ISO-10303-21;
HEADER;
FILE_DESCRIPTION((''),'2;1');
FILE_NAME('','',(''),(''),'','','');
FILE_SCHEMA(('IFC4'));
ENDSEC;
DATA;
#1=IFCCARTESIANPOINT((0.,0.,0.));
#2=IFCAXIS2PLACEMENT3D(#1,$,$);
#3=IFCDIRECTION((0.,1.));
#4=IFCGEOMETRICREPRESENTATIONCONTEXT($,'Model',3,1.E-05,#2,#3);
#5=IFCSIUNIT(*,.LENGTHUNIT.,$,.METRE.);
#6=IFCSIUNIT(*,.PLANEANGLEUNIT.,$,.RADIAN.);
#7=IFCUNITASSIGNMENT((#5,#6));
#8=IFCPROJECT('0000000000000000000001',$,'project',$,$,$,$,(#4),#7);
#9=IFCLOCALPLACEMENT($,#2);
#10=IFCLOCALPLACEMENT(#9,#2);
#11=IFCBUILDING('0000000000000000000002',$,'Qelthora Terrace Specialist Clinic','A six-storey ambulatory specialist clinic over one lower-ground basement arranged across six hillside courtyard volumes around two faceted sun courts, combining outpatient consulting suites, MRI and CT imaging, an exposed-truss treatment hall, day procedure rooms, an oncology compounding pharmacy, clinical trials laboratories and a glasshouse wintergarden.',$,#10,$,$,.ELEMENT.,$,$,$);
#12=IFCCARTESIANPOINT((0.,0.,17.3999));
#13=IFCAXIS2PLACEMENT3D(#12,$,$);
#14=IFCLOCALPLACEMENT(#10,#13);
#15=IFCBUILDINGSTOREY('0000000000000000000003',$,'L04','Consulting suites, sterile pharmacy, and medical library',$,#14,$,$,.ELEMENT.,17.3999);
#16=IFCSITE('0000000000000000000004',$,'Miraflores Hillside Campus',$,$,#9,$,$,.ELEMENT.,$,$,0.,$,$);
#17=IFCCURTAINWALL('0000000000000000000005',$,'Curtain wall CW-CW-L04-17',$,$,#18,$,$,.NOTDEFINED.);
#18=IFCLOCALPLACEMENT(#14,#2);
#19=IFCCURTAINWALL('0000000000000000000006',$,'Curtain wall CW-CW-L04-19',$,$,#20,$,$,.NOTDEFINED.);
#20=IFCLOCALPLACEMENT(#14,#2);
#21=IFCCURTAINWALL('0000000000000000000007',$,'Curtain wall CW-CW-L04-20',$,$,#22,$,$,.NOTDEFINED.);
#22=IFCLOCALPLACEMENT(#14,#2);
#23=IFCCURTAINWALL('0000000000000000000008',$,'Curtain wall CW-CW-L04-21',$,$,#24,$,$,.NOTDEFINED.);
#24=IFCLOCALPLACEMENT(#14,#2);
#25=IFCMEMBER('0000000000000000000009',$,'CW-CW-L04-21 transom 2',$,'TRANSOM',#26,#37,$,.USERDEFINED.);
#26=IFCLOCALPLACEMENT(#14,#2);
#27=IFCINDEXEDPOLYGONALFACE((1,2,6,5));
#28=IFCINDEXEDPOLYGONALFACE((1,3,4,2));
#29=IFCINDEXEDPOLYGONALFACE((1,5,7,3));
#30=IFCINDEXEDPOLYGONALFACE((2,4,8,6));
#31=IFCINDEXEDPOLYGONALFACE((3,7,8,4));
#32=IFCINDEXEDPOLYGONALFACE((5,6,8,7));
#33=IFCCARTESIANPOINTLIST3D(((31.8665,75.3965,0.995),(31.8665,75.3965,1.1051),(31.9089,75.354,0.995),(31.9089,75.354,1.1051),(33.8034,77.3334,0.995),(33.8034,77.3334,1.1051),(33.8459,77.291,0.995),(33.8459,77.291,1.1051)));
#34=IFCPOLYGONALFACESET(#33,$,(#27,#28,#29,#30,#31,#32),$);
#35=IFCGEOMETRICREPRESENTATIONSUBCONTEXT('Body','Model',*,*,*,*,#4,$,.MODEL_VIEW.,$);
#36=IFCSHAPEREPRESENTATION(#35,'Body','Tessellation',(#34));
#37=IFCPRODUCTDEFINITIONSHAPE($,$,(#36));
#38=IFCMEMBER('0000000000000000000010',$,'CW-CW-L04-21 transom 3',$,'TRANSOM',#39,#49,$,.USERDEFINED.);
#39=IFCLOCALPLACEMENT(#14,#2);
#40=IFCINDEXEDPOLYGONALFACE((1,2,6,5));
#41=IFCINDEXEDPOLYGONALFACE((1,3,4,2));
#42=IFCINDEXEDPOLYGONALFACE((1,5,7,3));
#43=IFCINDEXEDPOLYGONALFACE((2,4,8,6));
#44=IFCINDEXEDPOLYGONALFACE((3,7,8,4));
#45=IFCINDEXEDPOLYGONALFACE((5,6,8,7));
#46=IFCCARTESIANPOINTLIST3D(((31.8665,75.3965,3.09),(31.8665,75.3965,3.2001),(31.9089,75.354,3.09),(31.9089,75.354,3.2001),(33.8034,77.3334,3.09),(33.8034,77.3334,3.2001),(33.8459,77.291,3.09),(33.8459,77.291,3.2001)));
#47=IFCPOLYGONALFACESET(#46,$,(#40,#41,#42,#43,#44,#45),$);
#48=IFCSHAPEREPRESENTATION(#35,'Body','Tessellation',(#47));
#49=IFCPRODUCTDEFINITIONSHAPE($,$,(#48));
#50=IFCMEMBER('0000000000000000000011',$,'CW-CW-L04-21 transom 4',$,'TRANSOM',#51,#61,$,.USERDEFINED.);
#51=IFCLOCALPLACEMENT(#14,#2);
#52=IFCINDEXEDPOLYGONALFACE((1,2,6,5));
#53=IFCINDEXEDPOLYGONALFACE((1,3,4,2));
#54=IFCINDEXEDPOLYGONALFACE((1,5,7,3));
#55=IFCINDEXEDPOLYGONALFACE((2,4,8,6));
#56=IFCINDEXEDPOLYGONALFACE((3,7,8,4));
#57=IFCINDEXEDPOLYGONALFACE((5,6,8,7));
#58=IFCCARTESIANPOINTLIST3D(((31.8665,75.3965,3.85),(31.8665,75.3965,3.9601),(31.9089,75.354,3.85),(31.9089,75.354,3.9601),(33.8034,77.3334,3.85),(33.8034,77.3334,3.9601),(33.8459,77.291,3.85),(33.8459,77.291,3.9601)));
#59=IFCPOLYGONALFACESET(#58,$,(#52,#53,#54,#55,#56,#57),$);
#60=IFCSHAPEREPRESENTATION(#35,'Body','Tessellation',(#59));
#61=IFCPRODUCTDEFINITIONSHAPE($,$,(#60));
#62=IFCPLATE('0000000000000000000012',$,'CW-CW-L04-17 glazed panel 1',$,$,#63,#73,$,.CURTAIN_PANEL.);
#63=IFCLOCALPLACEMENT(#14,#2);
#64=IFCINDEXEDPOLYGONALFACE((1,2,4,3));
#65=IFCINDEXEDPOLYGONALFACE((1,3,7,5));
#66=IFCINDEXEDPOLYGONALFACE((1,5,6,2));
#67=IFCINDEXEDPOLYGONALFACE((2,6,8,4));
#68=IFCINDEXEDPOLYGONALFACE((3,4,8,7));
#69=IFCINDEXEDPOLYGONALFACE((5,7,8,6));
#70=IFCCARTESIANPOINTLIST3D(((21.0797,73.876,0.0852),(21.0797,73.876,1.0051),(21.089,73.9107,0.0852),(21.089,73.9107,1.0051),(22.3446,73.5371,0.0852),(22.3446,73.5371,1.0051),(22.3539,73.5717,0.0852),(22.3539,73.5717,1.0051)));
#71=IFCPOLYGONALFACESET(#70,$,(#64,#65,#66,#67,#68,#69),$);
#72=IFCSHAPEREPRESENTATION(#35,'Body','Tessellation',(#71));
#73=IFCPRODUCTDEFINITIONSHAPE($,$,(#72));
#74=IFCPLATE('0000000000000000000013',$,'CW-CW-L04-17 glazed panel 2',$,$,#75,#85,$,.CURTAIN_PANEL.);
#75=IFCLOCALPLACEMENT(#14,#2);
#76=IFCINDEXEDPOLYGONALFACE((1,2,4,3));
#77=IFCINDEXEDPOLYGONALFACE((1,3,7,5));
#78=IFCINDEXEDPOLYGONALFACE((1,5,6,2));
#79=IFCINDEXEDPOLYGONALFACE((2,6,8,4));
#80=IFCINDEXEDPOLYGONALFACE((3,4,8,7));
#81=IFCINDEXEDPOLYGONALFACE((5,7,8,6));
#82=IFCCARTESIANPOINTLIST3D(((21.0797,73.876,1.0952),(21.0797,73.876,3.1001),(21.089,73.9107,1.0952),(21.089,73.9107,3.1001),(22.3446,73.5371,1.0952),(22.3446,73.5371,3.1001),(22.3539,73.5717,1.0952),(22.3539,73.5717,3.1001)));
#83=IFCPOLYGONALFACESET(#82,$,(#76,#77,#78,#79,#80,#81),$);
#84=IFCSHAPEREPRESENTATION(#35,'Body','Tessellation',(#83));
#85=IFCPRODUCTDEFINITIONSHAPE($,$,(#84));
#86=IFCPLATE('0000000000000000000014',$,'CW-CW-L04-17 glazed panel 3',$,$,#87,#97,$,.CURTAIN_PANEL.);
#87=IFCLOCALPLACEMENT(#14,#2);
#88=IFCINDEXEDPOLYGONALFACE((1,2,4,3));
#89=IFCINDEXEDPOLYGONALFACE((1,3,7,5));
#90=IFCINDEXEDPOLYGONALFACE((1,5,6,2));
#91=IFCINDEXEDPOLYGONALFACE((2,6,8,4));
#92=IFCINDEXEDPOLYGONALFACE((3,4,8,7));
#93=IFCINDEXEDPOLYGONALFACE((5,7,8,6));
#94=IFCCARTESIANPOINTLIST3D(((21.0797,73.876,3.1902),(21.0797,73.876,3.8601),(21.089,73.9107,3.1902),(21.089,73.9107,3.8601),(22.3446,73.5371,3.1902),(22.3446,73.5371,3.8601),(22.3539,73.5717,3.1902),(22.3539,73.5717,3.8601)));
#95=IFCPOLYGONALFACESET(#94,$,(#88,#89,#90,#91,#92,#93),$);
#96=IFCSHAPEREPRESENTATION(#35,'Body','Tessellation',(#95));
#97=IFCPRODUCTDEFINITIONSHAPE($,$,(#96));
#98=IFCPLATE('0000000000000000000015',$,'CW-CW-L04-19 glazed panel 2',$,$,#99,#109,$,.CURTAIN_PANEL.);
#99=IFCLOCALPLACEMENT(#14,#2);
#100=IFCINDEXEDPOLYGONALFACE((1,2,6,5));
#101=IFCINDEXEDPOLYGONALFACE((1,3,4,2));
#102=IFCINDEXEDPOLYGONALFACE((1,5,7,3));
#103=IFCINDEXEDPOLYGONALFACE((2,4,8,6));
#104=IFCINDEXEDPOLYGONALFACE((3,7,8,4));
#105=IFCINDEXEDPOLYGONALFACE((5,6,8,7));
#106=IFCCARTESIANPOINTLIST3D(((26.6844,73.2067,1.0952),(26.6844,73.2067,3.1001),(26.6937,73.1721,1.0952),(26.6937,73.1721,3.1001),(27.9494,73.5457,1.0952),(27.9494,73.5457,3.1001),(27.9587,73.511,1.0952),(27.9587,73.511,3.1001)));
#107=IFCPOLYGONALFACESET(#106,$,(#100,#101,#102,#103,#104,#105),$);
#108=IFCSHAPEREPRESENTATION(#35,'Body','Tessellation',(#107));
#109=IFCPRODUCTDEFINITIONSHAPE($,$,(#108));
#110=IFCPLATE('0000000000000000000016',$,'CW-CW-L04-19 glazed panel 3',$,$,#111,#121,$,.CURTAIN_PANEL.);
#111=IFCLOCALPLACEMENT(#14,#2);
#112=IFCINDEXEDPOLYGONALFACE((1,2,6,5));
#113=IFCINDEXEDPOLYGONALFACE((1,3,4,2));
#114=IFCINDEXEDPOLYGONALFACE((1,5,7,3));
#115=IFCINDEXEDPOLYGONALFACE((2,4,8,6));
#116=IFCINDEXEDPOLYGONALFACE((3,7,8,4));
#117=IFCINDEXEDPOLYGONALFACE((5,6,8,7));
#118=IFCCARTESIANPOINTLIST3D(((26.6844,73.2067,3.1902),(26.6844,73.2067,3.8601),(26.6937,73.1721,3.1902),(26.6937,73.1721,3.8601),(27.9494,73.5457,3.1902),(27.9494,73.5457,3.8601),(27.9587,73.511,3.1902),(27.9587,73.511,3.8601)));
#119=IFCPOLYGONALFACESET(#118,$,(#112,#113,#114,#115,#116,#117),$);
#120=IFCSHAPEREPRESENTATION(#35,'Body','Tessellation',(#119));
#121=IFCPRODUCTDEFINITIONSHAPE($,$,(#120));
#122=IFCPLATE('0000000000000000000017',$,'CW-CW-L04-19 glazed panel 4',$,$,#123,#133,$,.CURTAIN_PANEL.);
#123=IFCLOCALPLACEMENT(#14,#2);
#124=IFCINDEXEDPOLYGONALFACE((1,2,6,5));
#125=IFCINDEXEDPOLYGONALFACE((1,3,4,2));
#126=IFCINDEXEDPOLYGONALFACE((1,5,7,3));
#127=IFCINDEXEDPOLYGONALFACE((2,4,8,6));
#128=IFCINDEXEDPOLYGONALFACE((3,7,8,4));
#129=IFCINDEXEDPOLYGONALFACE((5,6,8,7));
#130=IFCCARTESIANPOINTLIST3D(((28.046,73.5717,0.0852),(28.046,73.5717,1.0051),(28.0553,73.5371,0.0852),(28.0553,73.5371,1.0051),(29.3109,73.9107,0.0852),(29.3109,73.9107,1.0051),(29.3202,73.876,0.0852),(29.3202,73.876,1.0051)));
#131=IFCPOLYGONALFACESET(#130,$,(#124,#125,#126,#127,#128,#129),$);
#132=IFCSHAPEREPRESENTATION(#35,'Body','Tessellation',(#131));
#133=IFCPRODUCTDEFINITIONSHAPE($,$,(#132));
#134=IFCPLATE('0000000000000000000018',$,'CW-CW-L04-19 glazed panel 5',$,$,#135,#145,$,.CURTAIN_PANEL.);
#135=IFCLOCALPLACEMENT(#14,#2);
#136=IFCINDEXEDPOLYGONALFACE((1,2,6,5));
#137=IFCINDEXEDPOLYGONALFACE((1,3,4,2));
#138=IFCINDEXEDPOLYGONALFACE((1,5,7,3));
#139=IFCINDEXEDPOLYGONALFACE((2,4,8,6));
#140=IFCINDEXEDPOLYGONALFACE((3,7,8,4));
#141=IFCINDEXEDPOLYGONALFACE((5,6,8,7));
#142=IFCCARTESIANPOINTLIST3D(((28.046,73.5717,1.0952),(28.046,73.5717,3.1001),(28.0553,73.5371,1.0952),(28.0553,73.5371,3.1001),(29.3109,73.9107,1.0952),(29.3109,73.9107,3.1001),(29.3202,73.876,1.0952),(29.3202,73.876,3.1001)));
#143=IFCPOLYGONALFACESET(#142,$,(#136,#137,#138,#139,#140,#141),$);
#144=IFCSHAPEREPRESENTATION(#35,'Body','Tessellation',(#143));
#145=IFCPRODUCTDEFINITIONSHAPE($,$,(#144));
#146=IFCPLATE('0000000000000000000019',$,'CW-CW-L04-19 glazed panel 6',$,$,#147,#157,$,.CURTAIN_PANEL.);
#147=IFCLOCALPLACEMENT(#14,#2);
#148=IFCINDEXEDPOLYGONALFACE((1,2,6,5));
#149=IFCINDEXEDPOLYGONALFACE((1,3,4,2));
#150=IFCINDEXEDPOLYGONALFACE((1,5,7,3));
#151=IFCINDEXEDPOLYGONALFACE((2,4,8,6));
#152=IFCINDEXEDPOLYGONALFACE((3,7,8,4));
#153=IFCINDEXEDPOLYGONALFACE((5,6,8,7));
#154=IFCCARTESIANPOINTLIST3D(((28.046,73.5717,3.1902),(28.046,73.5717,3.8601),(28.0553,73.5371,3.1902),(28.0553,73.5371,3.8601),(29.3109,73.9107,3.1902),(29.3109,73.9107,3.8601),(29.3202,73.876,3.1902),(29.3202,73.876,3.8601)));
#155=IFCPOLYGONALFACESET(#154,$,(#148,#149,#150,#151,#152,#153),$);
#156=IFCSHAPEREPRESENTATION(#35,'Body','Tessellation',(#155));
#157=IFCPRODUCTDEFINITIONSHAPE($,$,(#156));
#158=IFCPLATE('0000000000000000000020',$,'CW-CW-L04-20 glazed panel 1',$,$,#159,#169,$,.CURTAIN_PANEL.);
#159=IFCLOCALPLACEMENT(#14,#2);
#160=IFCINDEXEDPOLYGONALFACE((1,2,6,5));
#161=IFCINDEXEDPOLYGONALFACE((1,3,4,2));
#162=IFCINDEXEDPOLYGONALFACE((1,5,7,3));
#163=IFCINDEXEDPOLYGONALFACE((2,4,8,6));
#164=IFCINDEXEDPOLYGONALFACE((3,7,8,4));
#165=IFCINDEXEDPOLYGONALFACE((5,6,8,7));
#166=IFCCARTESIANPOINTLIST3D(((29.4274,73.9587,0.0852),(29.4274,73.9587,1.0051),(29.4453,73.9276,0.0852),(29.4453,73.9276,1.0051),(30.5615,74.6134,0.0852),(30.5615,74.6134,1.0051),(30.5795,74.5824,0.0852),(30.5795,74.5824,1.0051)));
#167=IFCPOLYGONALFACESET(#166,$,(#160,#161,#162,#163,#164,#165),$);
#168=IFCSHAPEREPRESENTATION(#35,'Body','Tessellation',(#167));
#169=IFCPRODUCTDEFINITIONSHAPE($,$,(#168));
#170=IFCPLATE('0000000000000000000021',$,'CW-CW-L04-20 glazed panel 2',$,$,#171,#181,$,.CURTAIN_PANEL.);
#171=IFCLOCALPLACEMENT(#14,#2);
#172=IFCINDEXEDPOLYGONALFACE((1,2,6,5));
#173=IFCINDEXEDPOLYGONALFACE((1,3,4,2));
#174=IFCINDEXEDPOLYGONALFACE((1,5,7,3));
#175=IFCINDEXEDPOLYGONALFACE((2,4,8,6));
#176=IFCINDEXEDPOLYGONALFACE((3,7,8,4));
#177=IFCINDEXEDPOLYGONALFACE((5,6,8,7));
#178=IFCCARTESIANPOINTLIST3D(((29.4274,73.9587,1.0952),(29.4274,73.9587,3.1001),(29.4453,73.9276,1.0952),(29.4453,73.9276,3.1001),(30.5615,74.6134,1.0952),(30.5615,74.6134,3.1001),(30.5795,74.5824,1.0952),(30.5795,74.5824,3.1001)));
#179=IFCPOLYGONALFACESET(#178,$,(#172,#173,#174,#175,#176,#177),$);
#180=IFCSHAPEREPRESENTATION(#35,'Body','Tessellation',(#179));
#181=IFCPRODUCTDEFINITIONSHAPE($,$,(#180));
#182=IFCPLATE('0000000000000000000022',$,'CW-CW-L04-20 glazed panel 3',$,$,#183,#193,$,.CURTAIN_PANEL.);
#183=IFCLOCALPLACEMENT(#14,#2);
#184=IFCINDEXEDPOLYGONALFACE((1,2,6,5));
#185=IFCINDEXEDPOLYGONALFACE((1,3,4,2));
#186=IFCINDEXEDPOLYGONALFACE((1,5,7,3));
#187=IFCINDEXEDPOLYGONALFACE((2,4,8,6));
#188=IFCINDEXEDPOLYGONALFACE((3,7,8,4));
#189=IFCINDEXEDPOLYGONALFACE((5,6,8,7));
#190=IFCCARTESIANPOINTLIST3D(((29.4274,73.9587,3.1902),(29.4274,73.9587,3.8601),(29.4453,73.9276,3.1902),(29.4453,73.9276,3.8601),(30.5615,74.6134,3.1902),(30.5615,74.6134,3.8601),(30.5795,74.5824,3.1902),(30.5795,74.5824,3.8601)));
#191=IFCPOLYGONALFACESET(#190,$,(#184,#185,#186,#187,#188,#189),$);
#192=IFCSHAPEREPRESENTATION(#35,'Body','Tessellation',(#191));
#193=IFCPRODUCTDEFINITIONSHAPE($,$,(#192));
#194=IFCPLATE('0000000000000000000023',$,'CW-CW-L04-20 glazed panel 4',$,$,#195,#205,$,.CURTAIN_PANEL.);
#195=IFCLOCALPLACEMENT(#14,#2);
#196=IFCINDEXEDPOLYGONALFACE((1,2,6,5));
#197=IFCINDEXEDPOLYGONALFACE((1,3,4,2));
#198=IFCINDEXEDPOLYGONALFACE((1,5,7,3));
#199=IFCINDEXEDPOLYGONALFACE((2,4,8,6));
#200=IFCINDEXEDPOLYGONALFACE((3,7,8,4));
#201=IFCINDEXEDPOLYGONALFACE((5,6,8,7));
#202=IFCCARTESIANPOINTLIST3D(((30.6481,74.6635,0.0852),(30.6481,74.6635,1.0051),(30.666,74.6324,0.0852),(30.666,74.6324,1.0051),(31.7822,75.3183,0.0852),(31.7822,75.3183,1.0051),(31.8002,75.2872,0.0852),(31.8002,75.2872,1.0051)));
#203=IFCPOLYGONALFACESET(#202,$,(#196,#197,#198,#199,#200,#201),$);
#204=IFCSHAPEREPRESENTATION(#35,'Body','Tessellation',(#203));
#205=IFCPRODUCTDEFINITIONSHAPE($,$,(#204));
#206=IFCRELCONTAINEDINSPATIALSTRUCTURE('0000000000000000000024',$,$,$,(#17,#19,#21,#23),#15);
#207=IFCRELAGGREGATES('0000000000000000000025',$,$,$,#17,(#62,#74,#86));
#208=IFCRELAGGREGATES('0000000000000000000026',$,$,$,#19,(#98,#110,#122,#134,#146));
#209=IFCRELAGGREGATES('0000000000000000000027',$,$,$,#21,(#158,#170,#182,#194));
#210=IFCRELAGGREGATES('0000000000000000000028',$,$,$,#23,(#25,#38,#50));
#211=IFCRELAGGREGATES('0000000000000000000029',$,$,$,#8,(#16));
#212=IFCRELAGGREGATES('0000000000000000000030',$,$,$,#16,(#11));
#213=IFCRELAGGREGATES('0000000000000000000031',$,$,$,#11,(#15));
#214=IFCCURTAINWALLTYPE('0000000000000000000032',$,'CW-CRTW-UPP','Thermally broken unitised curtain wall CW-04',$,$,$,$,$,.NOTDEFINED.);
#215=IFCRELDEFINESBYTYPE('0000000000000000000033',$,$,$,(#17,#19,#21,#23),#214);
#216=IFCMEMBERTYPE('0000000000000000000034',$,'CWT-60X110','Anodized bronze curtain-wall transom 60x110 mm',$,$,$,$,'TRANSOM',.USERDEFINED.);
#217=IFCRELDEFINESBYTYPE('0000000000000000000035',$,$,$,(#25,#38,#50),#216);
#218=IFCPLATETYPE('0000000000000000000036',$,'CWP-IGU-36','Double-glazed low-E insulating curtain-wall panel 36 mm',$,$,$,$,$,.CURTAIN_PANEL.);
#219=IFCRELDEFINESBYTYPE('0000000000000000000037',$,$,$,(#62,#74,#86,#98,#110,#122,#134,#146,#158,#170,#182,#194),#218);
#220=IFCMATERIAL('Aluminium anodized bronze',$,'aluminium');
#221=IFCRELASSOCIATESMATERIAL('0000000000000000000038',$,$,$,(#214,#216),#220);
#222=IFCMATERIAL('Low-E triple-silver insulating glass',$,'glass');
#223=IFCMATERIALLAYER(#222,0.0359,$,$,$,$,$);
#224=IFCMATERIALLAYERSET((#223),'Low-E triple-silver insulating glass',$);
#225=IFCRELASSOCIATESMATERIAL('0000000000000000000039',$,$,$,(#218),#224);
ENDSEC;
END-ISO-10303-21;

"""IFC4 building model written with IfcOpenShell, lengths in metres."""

from ifc_helpers import new_model, si_unit, direction, frame, origin, origin_2d, place, context, subcontext, project, spatial, rectangle, extrude, material, layer, layer_set, material_profile, profile_set, type_object, element, aggregate, save


model = new_model("IFC4")

# Units and contexts
model_context = context("Model", 3, precision=1e-05, world=origin(), true_north=direction((0.0, 1.0)))
body_context = subcontext(model_context, "Body", "Model", "MODEL_VIEW")
ifc_project = project(units=[si_unit("LENGTHUNIT", "METRE"), si_unit("PLANEANGLEUNIT", "RADIAN")], contexts=[model_context])

# Site, building, storey
site_placement = place(None, origin())
site = spatial("IfcSite", under=ifc_project, at=site_placement, Name="Miraflores Hillside Campus", CompositionType="ELEMENT", RefElevation=0.0)
building_placement = place(site_placement, origin())
building = spatial("IfcBuilding", under=site, at=building_placement, Name="Qelthora Terrace Specialist Clinic", Description="A six-storey ambulatory specialist clinic over one lower-ground basement arranged across six hillside courtyard volumes around two faceted sun courts, combining outpatient consulting suites, MRI and CT imaging, an exposed-truss treatment hall, day procedure rooms, an oncology compounding pharmacy, clinical trials laboratories and a glasshouse wintergarden.", CompositionType="ELEMENT")
storey_placement = place(building_placement, frame((0.0, 0.0, 17.3999)))
storey = spatial("IfcBuildingStorey", under=building, at=storey_placement, Name="L04", Description="Consulting suites, sterile pharmacy, and medical library", CompositionType="ELEMENT", Elevation=17.3999)

# Curtain wall
ifc_material_1 = material(Name="Aluminium anodized bronze", Category="aluminium")
curtain_wall_type = type_object("IfcCurtainWallType", Name="CW-CRTW-UPP", Description="Thermally broken unitised curtain wall CW-04", PredefinedType="NOTDEFINED", material=ifc_material_1)
curtain_wall_1_placement = place(storey_placement, origin())
curtain_wall_1 = element("IfcCurtainWall", 1, at=curtain_wall_1_placement, inside=storey, type_object=curtain_wall_type, Name="Curtain wall CW-CW-L04-17", PredefinedType="NOTDEFINED")

# Curtain walls
curtain_wall_2_placement = place(storey_placement, origin())
curtain_wall_2 = element("IfcCurtainWall", 2, at=curtain_wall_2_placement, inside=storey, type_object=curtain_wall_type, Name="Curtain wall CW-CW-L04-19", PredefinedType="NOTDEFINED")
curtain_wall_3_placement = place(storey_placement, origin())
curtain_wall_3 = element("IfcCurtainWall", 3, at=curtain_wall_3_placement, inside=storey, type_object=curtain_wall_type, Name="Curtain wall CW-CW-L04-20", PredefinedType="NOTDEFINED")

# Curtain wall
curtain_wall_4_placement = place(storey_placement, origin())
curtain_wall_4 = element("IfcCurtainWall", 4, at=curtain_wall_4_placement, inside=storey, type_object=curtain_wall_type, Name="Curtain wall CW-CW-L04-21", PredefinedType="NOTDEFINED")

# Members
ifc_material_profile_1 = material_profile(ifc_material_1, rectangle(XDim=0.0601, YDim=0.1101, at=origin_2d()), Name="CWT60X110")
ifc_profile_set_1 = profile_set([ifc_material_profile_1], Name="Aluminium anodized bronze")
member_type_1 = type_object("IfcMemberType", Name="CWT-60X110", Description="Anodized bronze curtain-wall transom 60x110 mm", ElementType="TRANSOM", PredefinedType="USERDEFINED", material=ifc_profile_set_1)
member_1_placement = place(storey_placement, frame((31.8877, 75.3752, 1.05), z_axis=(0.707107, 0.707107, 0.0), x_axis=(-0.707107, 0.707107, 0.0)))
member_1 = element("IfcMember", 5, at=member_1_placement, type_object=member_type_1, Name="CW-CW-L04-21 transom 2", ObjectType="TRANSOM", PredefinedType="USERDEFINED", context=body_context, shape_type="SweptSolid", body=[
    extrude(rectangle(XDim=0.0601, YDim=0.1101, at=origin_2d()), origin(), (0.0, 0.0, 1.0), 2.7393),
])
member_2_placement = place(storey_placement, frame((31.8877, 75.3752, 3.145), z_axis=(0.707107, 0.707107, 0.0), x_axis=(-0.707107, 0.707107, 0.0)))
member_2 = element("IfcMember", 6, at=member_2_placement, type_object=member_type_1, Name="CW-CW-L04-21 transom 3", ObjectType="TRANSOM", PredefinedType="USERDEFINED", context=body_context, shape_type="SweptSolid", body=[
    extrude(rectangle(XDim=0.0601, YDim=0.1101, at=origin_2d()), origin(), (0.0, 0.0, 1.0), 2.7393),
])
member_3_placement = place(storey_placement, frame((31.8877, 75.3752, 3.905), z_axis=(0.707107, 0.707107, 0.0), x_axis=(-0.707107, 0.707107, 0.0)))
member_3 = element("IfcMember", 7, at=member_3_placement, type_object=member_type_1, Name="CW-CW-L04-21 transom 4", ObjectType="TRANSOM", PredefinedType="USERDEFINED", context=body_context, shape_type="SweptSolid", body=[
    extrude(rectangle(XDim=0.0601, YDim=0.1101, at=origin_2d()), origin(), (0.0, 0.0, 1.0), 2.7393),
])

# Plates
ifc_material_2 = material(Name="Low-E triple-silver insulating glass", Category="glass")
ifc_layer = layer(ifc_material_2, 0.0359)
ifc_layer_set = layer_set([ifc_layer], Name="Low-E triple-silver insulating glass")
plate_type = type_object("IfcPlateType", Name="CWP-IGU-36", Description="Double-glazed low-E insulating curtain-wall panel 36 mm", PredefinedType="CURTAIN_PANEL", material=ifc_layer_set)
plate_1_placement = place(storey_placement, frame((21.7168, 73.7239, 0.0852), z_axis=(0.0, 0.0, 1.0), x_axis=(0.965925, -0.258821, 0.0)))
plate_1 = element("IfcPlate", 8, at=plate_1_placement, type_object=plate_type, Name="CW-CW-L04-17 glazed panel 1", PredefinedType="CURTAIN_PANEL", context=body_context, shape_type="SweptSolid", body=[
    extrude(rectangle(XDim=1.3096, YDim=0.0359, at=origin_2d()), origin(), (0.0, 0.0, 1.0), 0.9199),
])
plate_2_placement = place(storey_placement, frame((21.7168, 73.7239, 1.0952), z_axis=(0.0, 0.0, 1.0), x_axis=(0.965925, -0.258821, 0.0)))
plate_2 = element("IfcPlate", 9, at=plate_2_placement, type_object=plate_type, Name="CW-CW-L04-17 glazed panel 2", PredefinedType="CURTAIN_PANEL", context=body_context, shape_type="SweptSolid", body=[
    extrude(rectangle(XDim=1.3096, YDim=0.0359, at=origin_2d()), origin(), (0.0, 0.0, 1.0), 2.0049),
])
plate_3_placement = place(storey_placement, frame((21.7168, 73.7239, 3.1902), z_axis=(0.0, 0.0, 1.0), x_axis=(0.965925, -0.258821, 0.0)))
plate_3 = element("IfcPlate", 10, at=plate_3_placement, type_object=plate_type, Name="CW-CW-L04-17 glazed panel 3", PredefinedType="CURTAIN_PANEL", context=body_context, shape_type="SweptSolid", body=[
    extrude(rectangle(XDim=1.3096, YDim=0.0359, at=origin_2d()), origin(), (0.0, 0.0, 1.0), 0.6699),
])
aggregate(curtain_wall_1, [plate_1, plate_2, plate_3])
plate_4_placement = place(storey_placement, frame((27.3215, 73.3589, 1.0952), z_axis=(0.0, 0.0, 1.0), x_axis=(0.965925, 0.258821, 0.0)))
plate_4 = element("IfcPlate", 11, at=plate_4_placement, type_object=plate_type, Name="CW-CW-L04-19 glazed panel 2", PredefinedType="CURTAIN_PANEL", context=body_context, shape_type="SweptSolid", body=[
    extrude(rectangle(XDim=1.3096, YDim=0.0359, at=origin_2d()), origin(), (0.0, 0.0, 1.0), 2.0049),
])
plate_5_placement = place(storey_placement, frame((27.3215, 73.3589, 3.1902), z_axis=(0.0, 0.0, 1.0), x_axis=(0.965925, 0.258821, 0.0)))
plate_5 = element("IfcPlate", 12, at=plate_5_placement, type_object=plate_type, Name="CW-CW-L04-19 glazed panel 3", PredefinedType="CURTAIN_PANEL", context=body_context, shape_type="SweptSolid", body=[
    extrude(rectangle(XDim=1.3096, YDim=0.0359, at=origin_2d()), origin(), (0.0, 0.0, 1.0), 0.6699),
])
plate_6_placement = place(storey_placement, frame((28.6831, 73.7239, 0.0852), z_axis=(0.0, 0.0, 1.0), x_axis=(0.965925, 0.258821, 0.0)))
plate_6 = element("IfcPlate", 13, at=plate_6_placement, type_object=plate_type, Name="CW-CW-L04-19 glazed panel 4", PredefinedType="CURTAIN_PANEL", context=body_context, shape_type="SweptSolid", body=[
    extrude(rectangle(XDim=1.3096, YDim=0.0359, at=origin_2d()), origin(), (0.0, 0.0, 1.0), 0.9199),
])
plate_7_placement = place(storey_placement, frame((28.6831, 73.7239, 1.0952), z_axis=(0.0, 0.0, 1.0), x_axis=(0.965925, 0.258821, 0.0)))
plate_7 = element("IfcPlate", 14, at=plate_7_placement, type_object=plate_type, Name="CW-CW-L04-19 glazed panel 5", PredefinedType="CURTAIN_PANEL", context=body_context, shape_type="SweptSolid", body=[
    extrude(rectangle(XDim=1.3096, YDim=0.0359, at=origin_2d()), origin(), (0.0, 0.0, 1.0), 2.0049),
])
plate_8_placement = place(storey_placement, frame((28.6831, 73.7239, 3.1902), z_axis=(0.0, 0.0, 1.0), x_axis=(0.965925, 0.258821, 0.0)))
plate_8 = element("IfcPlate", 15, at=plate_8_placement, type_object=plate_type, Name="CW-CW-L04-19 glazed panel 6", PredefinedType="CURTAIN_PANEL", context=body_context, shape_type="SweptSolid", body=[
    extrude(rectangle(XDim=1.3096, YDim=0.0359, at=origin_2d()), origin(), (0.0, 0.0, 1.0), 0.6699),
])
aggregate(curtain_wall_2, [plate_4, plate_5, plate_6, plate_7, plate_8])
plate_9_placement = place(storey_placement, frame((30.0034, 74.2705, 0.0852), z_axis=(0.0, 0.0, 1.0), x_axis=(0.866025, 0.5, 0.0)))
plate_9 = element("IfcPlate", 16, at=plate_9_placement, type_object=plate_type, Name="CW-CW-L04-20 glazed panel 1", PredefinedType="CURTAIN_PANEL", context=body_context, shape_type="SweptSolid", body=[
    extrude(rectangle(XDim=1.3096, YDim=0.0359, at=origin_2d()), origin(), (0.0, 0.0, 1.0), 0.9199),
])
plate_10_placement = place(storey_placement, frame((30.0034, 74.2705, 1.0952), z_axis=(0.0, 0.0, 1.0), x_axis=(0.866025, 0.5, 0.0)))
plate_10 = element("IfcPlate", 17, at=plate_10_placement, type_object=plate_type, Name="CW-CW-L04-20 glazed panel 2", PredefinedType="CURTAIN_PANEL", context=body_context, shape_type="SweptSolid", body=[
    extrude(rectangle(XDim=1.3096, YDim=0.0359, at=origin_2d()), origin(), (0.0, 0.0, 1.0), 2.0049),
])
plate_11_placement = place(storey_placement, frame((30.0034, 74.2705, 3.1902), z_axis=(0.0, 0.0, 1.0), x_axis=(0.866025, 0.5, 0.0)))
plate_11 = element("IfcPlate", 18, at=plate_11_placement, type_object=plate_type, Name="CW-CW-L04-20 glazed panel 3", PredefinedType="CURTAIN_PANEL", context=body_context, shape_type="SweptSolid", body=[
    extrude(rectangle(XDim=1.3096, YDim=0.0359, at=origin_2d()), origin(), (0.0, 0.0, 1.0), 0.6699),
])
plate_12_placement = place(storey_placement, frame((31.2241, 74.9753, 0.0852), z_axis=(0.0, 0.0, 1.0), x_axis=(0.866025, 0.5, 0.0)))
plate_12 = element("IfcPlate", 19, at=plate_12_placement, type_object=plate_type, Name="CW-CW-L04-20 glazed panel 4", PredefinedType="CURTAIN_PANEL", context=body_context, shape_type="SweptSolid", body=[
    extrude(rectangle(XDim=1.3096, YDim=0.0359, at=origin_2d()), origin(), (0.0, 0.0, 1.0), 0.9199),
])
aggregate(curtain_wall_3, [plate_9, plate_10, plate_11, plate_12])
aggregate(curtain_wall_4, [member_1, member_2, member_3])

save(model, "model.ifc")
